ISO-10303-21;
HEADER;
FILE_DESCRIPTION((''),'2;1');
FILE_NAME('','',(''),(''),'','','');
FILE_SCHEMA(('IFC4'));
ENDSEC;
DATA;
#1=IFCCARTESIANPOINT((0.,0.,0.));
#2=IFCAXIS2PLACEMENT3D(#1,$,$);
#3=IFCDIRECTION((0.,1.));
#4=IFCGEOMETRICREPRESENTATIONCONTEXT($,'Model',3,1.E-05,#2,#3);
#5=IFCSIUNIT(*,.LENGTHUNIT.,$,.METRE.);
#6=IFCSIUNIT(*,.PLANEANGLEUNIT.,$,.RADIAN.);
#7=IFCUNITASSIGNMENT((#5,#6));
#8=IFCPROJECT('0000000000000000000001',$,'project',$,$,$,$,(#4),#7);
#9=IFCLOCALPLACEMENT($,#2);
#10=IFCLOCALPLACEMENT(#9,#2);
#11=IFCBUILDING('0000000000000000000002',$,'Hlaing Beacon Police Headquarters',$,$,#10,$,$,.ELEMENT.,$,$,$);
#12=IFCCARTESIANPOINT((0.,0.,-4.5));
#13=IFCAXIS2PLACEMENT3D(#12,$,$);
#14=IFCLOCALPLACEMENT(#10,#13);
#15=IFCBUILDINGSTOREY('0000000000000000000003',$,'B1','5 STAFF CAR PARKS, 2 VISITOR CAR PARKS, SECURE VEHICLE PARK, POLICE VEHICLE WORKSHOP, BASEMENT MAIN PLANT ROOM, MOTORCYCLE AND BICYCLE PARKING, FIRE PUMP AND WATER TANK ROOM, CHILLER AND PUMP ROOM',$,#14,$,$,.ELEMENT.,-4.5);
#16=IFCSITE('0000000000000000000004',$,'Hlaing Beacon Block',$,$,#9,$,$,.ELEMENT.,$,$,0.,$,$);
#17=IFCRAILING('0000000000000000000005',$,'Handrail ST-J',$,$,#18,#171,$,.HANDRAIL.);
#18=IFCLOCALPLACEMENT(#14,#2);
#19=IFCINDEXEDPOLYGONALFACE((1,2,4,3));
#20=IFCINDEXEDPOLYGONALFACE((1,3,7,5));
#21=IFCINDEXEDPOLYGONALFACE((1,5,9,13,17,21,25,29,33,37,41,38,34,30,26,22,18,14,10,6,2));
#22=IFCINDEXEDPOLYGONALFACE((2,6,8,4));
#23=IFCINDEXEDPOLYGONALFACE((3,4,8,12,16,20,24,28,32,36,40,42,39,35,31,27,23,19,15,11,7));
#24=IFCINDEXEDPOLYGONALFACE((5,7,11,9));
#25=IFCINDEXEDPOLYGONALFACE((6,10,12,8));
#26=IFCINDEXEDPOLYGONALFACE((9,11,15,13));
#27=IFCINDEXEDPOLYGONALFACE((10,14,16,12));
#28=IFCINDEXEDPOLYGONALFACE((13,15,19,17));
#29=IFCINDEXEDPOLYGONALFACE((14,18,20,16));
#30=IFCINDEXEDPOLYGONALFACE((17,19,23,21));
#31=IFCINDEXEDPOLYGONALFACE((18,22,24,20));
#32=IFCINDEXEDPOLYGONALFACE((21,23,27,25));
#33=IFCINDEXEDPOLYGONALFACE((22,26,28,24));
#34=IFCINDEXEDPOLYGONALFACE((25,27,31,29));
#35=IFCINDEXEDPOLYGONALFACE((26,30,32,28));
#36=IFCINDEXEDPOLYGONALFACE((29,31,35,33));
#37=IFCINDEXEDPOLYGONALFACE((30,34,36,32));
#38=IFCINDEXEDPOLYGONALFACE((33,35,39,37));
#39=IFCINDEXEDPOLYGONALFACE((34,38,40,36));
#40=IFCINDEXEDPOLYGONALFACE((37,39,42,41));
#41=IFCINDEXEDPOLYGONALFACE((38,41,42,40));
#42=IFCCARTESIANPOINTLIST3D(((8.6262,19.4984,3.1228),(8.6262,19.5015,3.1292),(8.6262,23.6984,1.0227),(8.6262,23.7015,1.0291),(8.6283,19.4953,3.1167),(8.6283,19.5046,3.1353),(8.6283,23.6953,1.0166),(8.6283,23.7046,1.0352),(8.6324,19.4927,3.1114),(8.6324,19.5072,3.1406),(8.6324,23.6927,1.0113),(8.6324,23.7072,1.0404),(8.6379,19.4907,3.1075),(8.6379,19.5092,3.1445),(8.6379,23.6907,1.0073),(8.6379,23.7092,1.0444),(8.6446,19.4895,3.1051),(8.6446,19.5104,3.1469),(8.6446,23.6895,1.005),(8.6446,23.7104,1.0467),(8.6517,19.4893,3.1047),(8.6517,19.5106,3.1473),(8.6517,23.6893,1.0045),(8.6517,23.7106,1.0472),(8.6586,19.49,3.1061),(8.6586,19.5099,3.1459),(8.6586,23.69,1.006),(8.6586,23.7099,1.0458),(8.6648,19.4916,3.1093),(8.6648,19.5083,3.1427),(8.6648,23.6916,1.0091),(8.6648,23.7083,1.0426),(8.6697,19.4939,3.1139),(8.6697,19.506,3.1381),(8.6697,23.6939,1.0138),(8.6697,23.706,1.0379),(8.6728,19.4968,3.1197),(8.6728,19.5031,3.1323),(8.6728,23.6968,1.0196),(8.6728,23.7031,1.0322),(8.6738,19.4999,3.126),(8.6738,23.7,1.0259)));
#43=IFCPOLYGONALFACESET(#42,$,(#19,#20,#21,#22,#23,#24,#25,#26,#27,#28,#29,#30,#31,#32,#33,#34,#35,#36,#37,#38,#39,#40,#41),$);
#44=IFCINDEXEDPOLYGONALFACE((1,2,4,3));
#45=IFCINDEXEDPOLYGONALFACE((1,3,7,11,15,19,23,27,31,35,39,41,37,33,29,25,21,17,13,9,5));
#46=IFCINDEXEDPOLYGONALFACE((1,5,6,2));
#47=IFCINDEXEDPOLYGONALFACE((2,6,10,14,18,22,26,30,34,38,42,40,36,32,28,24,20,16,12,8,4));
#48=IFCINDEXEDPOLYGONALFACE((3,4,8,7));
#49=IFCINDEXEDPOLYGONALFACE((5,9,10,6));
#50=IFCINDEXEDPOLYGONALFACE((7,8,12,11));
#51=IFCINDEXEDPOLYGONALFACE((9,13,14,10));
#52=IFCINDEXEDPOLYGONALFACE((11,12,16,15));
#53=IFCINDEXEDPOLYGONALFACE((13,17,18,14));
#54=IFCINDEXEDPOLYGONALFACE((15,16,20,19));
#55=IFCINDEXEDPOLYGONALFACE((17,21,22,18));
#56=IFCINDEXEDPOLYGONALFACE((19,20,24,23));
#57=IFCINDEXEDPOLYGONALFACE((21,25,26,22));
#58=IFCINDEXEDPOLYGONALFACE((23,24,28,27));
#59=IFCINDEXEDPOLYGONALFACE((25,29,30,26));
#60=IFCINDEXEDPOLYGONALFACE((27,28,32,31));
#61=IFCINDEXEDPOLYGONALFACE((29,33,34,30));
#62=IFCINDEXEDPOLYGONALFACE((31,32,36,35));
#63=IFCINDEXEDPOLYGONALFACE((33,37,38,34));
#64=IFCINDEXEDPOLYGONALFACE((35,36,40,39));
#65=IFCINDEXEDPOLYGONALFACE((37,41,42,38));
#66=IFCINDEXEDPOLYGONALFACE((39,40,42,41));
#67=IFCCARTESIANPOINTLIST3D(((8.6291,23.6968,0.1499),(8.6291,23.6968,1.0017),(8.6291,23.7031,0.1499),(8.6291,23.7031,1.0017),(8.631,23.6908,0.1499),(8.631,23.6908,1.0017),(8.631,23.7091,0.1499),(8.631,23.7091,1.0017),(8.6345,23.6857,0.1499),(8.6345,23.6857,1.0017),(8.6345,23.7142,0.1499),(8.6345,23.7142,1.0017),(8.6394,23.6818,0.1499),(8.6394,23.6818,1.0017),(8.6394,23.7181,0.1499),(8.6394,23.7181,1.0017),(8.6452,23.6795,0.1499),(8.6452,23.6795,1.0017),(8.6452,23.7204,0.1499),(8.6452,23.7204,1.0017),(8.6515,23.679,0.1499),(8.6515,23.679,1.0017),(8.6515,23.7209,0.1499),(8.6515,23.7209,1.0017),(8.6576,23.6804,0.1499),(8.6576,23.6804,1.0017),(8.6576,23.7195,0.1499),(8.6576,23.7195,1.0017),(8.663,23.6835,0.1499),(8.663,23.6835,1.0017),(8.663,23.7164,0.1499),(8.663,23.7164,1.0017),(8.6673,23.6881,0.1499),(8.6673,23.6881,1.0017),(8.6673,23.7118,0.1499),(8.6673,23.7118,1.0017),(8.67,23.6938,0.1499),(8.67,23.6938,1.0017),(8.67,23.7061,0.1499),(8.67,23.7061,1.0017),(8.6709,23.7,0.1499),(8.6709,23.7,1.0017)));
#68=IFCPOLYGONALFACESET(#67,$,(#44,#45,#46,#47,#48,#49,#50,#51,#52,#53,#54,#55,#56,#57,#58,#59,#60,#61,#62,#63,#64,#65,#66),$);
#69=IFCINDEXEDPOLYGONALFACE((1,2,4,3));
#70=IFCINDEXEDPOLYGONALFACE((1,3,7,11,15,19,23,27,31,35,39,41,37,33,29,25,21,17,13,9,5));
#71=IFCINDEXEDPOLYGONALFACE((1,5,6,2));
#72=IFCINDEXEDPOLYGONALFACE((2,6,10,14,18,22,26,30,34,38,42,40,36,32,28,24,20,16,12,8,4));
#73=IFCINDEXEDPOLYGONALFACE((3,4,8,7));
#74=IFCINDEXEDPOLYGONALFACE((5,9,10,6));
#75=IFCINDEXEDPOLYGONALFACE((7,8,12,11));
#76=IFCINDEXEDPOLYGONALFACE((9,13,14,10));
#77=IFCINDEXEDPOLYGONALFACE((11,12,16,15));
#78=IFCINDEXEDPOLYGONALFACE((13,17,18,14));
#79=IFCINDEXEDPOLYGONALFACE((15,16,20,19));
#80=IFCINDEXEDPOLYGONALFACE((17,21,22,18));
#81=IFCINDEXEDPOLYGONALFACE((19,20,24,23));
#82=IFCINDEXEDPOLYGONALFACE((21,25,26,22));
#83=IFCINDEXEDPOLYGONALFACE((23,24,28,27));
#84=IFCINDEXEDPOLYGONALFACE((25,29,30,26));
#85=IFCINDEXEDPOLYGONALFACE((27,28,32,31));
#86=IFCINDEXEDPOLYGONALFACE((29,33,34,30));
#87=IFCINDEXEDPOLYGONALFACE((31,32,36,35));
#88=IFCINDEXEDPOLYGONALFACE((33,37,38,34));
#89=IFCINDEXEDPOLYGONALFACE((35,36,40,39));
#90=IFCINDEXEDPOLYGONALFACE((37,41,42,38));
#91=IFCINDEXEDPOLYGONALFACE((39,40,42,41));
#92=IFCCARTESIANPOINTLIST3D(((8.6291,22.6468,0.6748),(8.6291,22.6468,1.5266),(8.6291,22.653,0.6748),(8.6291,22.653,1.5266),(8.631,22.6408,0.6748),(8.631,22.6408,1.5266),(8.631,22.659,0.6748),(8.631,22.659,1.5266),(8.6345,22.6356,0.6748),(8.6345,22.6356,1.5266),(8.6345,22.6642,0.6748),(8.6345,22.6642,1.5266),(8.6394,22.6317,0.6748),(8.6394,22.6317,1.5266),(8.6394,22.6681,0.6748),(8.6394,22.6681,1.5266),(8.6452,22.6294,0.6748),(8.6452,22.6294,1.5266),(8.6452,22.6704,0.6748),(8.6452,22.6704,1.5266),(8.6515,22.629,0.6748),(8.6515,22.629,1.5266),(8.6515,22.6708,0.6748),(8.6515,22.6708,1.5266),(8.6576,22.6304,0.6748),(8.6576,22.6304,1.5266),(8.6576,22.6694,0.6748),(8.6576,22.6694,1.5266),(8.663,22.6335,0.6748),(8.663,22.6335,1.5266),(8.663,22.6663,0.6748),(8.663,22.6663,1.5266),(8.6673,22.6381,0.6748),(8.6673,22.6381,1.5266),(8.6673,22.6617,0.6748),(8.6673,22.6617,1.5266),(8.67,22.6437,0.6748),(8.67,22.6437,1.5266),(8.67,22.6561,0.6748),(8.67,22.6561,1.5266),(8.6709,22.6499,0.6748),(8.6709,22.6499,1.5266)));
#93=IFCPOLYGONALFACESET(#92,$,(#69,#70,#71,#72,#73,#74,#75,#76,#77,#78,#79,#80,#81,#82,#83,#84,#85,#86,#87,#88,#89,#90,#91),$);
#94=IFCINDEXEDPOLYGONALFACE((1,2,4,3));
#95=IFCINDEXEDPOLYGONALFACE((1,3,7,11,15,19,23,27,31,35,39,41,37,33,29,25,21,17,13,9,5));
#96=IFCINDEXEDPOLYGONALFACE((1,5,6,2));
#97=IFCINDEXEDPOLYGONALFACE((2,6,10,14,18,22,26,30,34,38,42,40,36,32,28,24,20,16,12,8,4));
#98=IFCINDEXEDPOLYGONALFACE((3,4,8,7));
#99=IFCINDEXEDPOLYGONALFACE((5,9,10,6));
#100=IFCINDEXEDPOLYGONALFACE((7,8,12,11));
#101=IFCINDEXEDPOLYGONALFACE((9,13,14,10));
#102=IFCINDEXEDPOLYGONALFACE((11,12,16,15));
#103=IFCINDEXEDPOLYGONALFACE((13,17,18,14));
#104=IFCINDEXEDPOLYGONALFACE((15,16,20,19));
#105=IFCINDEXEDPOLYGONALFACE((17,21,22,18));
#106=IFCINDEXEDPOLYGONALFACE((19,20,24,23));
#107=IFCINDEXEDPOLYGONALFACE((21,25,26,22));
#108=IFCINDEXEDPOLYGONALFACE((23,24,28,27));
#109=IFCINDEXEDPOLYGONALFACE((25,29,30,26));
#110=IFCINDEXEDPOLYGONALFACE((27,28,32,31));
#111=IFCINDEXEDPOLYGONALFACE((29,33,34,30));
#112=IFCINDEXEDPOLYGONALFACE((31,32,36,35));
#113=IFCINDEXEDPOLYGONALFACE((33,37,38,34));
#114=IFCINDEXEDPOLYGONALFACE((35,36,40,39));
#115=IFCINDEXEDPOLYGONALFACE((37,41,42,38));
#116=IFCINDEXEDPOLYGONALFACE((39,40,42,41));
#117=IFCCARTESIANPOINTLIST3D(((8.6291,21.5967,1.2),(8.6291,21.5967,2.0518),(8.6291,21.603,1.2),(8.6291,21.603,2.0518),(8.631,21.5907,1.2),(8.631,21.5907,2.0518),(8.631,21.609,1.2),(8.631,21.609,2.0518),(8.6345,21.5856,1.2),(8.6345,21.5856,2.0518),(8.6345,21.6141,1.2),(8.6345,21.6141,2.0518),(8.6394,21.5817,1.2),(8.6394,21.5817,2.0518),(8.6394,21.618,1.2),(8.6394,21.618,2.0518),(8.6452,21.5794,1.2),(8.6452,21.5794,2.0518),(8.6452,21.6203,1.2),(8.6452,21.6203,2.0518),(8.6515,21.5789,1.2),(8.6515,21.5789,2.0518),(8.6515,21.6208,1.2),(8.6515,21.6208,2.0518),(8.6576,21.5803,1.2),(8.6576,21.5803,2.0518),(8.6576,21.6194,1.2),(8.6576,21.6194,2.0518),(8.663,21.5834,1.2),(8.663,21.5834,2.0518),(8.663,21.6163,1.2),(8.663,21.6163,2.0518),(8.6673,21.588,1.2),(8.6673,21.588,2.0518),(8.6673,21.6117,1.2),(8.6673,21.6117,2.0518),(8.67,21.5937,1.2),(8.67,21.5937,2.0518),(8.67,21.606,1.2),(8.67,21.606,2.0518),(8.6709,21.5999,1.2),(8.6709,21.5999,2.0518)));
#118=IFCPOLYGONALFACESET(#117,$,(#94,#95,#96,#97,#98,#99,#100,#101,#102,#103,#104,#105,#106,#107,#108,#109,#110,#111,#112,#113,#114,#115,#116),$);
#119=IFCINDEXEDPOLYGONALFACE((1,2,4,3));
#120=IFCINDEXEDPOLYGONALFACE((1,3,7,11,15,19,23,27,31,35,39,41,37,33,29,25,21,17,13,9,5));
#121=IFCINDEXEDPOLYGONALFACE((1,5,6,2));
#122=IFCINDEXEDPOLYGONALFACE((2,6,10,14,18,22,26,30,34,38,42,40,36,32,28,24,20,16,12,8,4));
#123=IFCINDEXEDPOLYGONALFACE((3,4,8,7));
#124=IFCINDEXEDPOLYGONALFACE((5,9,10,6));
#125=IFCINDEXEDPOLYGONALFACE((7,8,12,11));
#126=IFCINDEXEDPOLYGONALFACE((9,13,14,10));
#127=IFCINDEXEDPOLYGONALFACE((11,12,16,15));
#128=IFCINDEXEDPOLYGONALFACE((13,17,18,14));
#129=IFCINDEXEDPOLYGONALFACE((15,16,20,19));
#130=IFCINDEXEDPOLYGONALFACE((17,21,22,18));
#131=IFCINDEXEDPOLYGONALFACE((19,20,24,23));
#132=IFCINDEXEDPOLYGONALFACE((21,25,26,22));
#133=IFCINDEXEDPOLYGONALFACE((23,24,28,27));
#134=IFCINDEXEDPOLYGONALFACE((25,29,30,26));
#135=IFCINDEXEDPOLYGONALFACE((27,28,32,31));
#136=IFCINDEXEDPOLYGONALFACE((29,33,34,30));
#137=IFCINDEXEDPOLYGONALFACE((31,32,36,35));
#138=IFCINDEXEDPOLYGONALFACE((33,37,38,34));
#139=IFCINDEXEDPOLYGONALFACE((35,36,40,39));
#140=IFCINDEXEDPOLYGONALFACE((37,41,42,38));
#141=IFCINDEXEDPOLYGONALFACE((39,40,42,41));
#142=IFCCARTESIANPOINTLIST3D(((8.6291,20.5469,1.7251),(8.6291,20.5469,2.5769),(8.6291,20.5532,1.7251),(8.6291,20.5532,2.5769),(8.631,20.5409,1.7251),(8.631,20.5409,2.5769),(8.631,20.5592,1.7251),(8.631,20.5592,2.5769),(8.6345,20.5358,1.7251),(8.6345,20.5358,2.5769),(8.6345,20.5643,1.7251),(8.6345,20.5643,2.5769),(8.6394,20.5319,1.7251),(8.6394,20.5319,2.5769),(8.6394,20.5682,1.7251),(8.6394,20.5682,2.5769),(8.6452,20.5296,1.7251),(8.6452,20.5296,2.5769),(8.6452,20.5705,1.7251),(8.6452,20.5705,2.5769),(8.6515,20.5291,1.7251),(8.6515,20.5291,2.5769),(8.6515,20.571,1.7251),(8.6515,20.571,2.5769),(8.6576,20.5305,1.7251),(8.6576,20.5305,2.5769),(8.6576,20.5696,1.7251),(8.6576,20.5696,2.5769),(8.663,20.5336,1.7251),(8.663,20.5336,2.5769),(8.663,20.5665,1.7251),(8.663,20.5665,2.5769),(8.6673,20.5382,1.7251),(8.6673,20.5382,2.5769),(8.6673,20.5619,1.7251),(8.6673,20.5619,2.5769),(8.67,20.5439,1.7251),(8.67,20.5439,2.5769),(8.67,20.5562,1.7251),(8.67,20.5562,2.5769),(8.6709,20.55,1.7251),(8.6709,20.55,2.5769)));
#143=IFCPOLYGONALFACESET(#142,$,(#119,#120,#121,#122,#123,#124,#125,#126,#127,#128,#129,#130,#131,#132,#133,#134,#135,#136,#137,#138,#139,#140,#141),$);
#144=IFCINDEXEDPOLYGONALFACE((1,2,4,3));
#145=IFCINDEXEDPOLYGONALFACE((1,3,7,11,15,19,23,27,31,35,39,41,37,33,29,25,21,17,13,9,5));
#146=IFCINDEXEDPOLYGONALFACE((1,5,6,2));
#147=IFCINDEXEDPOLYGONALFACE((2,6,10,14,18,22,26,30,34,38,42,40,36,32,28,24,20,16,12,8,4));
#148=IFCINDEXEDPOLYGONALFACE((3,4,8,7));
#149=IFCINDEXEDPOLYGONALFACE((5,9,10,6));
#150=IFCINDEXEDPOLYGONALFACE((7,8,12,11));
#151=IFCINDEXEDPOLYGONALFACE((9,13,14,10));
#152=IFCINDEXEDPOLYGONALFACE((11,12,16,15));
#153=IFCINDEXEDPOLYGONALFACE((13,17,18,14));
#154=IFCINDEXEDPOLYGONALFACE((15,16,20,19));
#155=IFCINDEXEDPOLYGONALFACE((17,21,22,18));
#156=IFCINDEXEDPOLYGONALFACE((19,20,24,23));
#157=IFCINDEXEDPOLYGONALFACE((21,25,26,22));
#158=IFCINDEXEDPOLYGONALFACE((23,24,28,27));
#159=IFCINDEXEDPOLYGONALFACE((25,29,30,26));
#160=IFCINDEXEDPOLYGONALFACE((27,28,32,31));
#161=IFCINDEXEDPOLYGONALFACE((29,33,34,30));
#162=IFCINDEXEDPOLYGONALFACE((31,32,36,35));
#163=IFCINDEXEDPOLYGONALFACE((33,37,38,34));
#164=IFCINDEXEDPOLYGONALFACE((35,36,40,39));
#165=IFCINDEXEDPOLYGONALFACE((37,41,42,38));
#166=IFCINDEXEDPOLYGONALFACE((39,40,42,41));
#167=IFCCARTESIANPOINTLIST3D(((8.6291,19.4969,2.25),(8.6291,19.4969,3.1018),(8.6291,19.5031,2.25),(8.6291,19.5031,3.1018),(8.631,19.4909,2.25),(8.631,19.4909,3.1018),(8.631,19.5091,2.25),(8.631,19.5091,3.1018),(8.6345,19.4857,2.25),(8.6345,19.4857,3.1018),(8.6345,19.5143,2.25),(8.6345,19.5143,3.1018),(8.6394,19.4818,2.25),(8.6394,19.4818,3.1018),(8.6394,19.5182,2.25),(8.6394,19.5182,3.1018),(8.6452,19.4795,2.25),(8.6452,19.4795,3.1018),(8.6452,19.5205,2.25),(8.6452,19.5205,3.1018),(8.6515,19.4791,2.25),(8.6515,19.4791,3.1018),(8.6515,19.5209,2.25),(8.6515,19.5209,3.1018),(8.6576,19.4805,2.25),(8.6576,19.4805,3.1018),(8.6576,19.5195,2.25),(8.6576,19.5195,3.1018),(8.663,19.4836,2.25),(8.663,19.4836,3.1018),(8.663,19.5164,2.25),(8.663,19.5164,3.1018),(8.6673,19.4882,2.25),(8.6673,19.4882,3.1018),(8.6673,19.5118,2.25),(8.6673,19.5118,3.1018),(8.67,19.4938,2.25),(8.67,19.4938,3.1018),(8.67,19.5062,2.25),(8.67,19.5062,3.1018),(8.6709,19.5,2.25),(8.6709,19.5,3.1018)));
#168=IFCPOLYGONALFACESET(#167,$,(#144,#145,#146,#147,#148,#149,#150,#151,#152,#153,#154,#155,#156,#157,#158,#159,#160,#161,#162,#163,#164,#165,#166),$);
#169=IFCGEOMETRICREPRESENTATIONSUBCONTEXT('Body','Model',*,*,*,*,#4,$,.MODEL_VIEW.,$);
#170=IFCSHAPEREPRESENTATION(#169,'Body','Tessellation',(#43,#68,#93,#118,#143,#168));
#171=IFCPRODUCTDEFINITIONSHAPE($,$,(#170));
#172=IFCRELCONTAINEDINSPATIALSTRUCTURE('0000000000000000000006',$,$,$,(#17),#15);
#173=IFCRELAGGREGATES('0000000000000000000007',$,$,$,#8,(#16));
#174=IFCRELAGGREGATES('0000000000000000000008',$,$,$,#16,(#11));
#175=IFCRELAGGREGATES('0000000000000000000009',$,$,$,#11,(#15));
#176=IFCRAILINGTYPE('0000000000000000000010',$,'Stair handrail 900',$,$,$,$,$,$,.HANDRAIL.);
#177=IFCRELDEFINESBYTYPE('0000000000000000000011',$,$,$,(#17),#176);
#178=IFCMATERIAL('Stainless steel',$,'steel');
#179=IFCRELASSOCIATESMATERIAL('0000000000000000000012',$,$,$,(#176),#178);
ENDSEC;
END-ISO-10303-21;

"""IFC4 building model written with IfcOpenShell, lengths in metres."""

from ifc_helpers import new_model, si_unit, direction, frame, origin, origin_2d, place, context, subcontext, project, spatial, circle, extrude, material, type_object, element, save


model = new_model("IFC4")

# Units and contexts
model_context = context("Model", 3, precision=1e-05, world=origin(), true_north=direction((0.0, 1.0)))
body_context = subcontext(model_context, "Body", "Model", "MODEL_VIEW")
ifc_project = project(units=[si_unit("LENGTHUNIT", "METRE"), si_unit("PLANEANGLEUNIT", "RADIAN")], contexts=[model_context])

# Site, building, storey
site_placement = place(None, origin())
site = spatial("IfcSite", under=ifc_project, at=site_placement, Name="Hlaing Beacon Block", CompositionType="ELEMENT", RefElevation=0.0)
building_placement = place(site_placement, origin())
building = spatial("IfcBuilding", under=site, at=building_placement, Name="Hlaing Beacon Police Headquarters", CompositionType="ELEMENT")
storey_placement = place(building_placement, frame((0.0, 0.0, -4.5)))
storey = spatial("IfcBuildingStorey", under=building, at=storey_placement, Name="B1", Description="5 STAFF CAR PARKS, 2 VISITOR CAR PARKS, SECURE VEHICLE PARK, POLICE VEHICLE WORKSHOP, BASEMENT MAIN PLANT ROOM, MOTORCYCLE AND BICYCLE PARKING, FIRE PUMP AND WATER TANK ROOM, CHILLER AND PUMP ROOM", CompositionType="ELEMENT", Elevation=-4.5)

# Railing
ifc_material_1 = material(Name="Stainless steel", Category="steel")
railing_type = type_object("IfcRailingType", Name="Stair handrail 900", PredefinedType="HANDRAIL", material=ifc_material_1)
for number, where, name in (
    (1, (8.6499, 23.7, 0.1499), "Handrail ST-J"),
):
    element("IfcRailing", number, at=place(storey_placement, frame(where)), inside=storey, type_object=railing_type, Name=name, PredefinedType="HANDRAIL", context=body_context, shape_type="SweptSolid", body=[
        extrude(circle(Radius=0.0239, at=origin_2d()), frame((0.0, 0.0, 0.876), z_axis=(0.0, -0.894417, 0.447234), x_axis=(1.0, 0.0, 0.0)), (0.0, 0.0, 1.0), 4.6958),
        extrude(circle(Radius=0.021, at=origin_2d()), origin(), (0.0, 0.0, 1.0), 0.8518),
        extrude(circle(Radius=0.021, at=origin_2d()), frame((0.0, -1.05, 0.5249)), (0.0, 0.0, 1.0), 0.8518),
        extrude(circle(Radius=0.021, at=origin_2d()), frame((0.0, -2.1001, 1.05)), (0.0, 0.0, 1.0), 0.8518),
        extrude(circle(Radius=0.021, at=origin_2d()), frame((0.0, -3.1499, 1.5752)), (0.0, 0.0, 1.0), 0.8518),
        extrude(circle(Radius=0.021, at=origin_2d()), frame((0.0, -4.2, 2.1001)), (0.0, 0.0, 1.0), 0.8518),
    ])

save(model, "model.ifc")
